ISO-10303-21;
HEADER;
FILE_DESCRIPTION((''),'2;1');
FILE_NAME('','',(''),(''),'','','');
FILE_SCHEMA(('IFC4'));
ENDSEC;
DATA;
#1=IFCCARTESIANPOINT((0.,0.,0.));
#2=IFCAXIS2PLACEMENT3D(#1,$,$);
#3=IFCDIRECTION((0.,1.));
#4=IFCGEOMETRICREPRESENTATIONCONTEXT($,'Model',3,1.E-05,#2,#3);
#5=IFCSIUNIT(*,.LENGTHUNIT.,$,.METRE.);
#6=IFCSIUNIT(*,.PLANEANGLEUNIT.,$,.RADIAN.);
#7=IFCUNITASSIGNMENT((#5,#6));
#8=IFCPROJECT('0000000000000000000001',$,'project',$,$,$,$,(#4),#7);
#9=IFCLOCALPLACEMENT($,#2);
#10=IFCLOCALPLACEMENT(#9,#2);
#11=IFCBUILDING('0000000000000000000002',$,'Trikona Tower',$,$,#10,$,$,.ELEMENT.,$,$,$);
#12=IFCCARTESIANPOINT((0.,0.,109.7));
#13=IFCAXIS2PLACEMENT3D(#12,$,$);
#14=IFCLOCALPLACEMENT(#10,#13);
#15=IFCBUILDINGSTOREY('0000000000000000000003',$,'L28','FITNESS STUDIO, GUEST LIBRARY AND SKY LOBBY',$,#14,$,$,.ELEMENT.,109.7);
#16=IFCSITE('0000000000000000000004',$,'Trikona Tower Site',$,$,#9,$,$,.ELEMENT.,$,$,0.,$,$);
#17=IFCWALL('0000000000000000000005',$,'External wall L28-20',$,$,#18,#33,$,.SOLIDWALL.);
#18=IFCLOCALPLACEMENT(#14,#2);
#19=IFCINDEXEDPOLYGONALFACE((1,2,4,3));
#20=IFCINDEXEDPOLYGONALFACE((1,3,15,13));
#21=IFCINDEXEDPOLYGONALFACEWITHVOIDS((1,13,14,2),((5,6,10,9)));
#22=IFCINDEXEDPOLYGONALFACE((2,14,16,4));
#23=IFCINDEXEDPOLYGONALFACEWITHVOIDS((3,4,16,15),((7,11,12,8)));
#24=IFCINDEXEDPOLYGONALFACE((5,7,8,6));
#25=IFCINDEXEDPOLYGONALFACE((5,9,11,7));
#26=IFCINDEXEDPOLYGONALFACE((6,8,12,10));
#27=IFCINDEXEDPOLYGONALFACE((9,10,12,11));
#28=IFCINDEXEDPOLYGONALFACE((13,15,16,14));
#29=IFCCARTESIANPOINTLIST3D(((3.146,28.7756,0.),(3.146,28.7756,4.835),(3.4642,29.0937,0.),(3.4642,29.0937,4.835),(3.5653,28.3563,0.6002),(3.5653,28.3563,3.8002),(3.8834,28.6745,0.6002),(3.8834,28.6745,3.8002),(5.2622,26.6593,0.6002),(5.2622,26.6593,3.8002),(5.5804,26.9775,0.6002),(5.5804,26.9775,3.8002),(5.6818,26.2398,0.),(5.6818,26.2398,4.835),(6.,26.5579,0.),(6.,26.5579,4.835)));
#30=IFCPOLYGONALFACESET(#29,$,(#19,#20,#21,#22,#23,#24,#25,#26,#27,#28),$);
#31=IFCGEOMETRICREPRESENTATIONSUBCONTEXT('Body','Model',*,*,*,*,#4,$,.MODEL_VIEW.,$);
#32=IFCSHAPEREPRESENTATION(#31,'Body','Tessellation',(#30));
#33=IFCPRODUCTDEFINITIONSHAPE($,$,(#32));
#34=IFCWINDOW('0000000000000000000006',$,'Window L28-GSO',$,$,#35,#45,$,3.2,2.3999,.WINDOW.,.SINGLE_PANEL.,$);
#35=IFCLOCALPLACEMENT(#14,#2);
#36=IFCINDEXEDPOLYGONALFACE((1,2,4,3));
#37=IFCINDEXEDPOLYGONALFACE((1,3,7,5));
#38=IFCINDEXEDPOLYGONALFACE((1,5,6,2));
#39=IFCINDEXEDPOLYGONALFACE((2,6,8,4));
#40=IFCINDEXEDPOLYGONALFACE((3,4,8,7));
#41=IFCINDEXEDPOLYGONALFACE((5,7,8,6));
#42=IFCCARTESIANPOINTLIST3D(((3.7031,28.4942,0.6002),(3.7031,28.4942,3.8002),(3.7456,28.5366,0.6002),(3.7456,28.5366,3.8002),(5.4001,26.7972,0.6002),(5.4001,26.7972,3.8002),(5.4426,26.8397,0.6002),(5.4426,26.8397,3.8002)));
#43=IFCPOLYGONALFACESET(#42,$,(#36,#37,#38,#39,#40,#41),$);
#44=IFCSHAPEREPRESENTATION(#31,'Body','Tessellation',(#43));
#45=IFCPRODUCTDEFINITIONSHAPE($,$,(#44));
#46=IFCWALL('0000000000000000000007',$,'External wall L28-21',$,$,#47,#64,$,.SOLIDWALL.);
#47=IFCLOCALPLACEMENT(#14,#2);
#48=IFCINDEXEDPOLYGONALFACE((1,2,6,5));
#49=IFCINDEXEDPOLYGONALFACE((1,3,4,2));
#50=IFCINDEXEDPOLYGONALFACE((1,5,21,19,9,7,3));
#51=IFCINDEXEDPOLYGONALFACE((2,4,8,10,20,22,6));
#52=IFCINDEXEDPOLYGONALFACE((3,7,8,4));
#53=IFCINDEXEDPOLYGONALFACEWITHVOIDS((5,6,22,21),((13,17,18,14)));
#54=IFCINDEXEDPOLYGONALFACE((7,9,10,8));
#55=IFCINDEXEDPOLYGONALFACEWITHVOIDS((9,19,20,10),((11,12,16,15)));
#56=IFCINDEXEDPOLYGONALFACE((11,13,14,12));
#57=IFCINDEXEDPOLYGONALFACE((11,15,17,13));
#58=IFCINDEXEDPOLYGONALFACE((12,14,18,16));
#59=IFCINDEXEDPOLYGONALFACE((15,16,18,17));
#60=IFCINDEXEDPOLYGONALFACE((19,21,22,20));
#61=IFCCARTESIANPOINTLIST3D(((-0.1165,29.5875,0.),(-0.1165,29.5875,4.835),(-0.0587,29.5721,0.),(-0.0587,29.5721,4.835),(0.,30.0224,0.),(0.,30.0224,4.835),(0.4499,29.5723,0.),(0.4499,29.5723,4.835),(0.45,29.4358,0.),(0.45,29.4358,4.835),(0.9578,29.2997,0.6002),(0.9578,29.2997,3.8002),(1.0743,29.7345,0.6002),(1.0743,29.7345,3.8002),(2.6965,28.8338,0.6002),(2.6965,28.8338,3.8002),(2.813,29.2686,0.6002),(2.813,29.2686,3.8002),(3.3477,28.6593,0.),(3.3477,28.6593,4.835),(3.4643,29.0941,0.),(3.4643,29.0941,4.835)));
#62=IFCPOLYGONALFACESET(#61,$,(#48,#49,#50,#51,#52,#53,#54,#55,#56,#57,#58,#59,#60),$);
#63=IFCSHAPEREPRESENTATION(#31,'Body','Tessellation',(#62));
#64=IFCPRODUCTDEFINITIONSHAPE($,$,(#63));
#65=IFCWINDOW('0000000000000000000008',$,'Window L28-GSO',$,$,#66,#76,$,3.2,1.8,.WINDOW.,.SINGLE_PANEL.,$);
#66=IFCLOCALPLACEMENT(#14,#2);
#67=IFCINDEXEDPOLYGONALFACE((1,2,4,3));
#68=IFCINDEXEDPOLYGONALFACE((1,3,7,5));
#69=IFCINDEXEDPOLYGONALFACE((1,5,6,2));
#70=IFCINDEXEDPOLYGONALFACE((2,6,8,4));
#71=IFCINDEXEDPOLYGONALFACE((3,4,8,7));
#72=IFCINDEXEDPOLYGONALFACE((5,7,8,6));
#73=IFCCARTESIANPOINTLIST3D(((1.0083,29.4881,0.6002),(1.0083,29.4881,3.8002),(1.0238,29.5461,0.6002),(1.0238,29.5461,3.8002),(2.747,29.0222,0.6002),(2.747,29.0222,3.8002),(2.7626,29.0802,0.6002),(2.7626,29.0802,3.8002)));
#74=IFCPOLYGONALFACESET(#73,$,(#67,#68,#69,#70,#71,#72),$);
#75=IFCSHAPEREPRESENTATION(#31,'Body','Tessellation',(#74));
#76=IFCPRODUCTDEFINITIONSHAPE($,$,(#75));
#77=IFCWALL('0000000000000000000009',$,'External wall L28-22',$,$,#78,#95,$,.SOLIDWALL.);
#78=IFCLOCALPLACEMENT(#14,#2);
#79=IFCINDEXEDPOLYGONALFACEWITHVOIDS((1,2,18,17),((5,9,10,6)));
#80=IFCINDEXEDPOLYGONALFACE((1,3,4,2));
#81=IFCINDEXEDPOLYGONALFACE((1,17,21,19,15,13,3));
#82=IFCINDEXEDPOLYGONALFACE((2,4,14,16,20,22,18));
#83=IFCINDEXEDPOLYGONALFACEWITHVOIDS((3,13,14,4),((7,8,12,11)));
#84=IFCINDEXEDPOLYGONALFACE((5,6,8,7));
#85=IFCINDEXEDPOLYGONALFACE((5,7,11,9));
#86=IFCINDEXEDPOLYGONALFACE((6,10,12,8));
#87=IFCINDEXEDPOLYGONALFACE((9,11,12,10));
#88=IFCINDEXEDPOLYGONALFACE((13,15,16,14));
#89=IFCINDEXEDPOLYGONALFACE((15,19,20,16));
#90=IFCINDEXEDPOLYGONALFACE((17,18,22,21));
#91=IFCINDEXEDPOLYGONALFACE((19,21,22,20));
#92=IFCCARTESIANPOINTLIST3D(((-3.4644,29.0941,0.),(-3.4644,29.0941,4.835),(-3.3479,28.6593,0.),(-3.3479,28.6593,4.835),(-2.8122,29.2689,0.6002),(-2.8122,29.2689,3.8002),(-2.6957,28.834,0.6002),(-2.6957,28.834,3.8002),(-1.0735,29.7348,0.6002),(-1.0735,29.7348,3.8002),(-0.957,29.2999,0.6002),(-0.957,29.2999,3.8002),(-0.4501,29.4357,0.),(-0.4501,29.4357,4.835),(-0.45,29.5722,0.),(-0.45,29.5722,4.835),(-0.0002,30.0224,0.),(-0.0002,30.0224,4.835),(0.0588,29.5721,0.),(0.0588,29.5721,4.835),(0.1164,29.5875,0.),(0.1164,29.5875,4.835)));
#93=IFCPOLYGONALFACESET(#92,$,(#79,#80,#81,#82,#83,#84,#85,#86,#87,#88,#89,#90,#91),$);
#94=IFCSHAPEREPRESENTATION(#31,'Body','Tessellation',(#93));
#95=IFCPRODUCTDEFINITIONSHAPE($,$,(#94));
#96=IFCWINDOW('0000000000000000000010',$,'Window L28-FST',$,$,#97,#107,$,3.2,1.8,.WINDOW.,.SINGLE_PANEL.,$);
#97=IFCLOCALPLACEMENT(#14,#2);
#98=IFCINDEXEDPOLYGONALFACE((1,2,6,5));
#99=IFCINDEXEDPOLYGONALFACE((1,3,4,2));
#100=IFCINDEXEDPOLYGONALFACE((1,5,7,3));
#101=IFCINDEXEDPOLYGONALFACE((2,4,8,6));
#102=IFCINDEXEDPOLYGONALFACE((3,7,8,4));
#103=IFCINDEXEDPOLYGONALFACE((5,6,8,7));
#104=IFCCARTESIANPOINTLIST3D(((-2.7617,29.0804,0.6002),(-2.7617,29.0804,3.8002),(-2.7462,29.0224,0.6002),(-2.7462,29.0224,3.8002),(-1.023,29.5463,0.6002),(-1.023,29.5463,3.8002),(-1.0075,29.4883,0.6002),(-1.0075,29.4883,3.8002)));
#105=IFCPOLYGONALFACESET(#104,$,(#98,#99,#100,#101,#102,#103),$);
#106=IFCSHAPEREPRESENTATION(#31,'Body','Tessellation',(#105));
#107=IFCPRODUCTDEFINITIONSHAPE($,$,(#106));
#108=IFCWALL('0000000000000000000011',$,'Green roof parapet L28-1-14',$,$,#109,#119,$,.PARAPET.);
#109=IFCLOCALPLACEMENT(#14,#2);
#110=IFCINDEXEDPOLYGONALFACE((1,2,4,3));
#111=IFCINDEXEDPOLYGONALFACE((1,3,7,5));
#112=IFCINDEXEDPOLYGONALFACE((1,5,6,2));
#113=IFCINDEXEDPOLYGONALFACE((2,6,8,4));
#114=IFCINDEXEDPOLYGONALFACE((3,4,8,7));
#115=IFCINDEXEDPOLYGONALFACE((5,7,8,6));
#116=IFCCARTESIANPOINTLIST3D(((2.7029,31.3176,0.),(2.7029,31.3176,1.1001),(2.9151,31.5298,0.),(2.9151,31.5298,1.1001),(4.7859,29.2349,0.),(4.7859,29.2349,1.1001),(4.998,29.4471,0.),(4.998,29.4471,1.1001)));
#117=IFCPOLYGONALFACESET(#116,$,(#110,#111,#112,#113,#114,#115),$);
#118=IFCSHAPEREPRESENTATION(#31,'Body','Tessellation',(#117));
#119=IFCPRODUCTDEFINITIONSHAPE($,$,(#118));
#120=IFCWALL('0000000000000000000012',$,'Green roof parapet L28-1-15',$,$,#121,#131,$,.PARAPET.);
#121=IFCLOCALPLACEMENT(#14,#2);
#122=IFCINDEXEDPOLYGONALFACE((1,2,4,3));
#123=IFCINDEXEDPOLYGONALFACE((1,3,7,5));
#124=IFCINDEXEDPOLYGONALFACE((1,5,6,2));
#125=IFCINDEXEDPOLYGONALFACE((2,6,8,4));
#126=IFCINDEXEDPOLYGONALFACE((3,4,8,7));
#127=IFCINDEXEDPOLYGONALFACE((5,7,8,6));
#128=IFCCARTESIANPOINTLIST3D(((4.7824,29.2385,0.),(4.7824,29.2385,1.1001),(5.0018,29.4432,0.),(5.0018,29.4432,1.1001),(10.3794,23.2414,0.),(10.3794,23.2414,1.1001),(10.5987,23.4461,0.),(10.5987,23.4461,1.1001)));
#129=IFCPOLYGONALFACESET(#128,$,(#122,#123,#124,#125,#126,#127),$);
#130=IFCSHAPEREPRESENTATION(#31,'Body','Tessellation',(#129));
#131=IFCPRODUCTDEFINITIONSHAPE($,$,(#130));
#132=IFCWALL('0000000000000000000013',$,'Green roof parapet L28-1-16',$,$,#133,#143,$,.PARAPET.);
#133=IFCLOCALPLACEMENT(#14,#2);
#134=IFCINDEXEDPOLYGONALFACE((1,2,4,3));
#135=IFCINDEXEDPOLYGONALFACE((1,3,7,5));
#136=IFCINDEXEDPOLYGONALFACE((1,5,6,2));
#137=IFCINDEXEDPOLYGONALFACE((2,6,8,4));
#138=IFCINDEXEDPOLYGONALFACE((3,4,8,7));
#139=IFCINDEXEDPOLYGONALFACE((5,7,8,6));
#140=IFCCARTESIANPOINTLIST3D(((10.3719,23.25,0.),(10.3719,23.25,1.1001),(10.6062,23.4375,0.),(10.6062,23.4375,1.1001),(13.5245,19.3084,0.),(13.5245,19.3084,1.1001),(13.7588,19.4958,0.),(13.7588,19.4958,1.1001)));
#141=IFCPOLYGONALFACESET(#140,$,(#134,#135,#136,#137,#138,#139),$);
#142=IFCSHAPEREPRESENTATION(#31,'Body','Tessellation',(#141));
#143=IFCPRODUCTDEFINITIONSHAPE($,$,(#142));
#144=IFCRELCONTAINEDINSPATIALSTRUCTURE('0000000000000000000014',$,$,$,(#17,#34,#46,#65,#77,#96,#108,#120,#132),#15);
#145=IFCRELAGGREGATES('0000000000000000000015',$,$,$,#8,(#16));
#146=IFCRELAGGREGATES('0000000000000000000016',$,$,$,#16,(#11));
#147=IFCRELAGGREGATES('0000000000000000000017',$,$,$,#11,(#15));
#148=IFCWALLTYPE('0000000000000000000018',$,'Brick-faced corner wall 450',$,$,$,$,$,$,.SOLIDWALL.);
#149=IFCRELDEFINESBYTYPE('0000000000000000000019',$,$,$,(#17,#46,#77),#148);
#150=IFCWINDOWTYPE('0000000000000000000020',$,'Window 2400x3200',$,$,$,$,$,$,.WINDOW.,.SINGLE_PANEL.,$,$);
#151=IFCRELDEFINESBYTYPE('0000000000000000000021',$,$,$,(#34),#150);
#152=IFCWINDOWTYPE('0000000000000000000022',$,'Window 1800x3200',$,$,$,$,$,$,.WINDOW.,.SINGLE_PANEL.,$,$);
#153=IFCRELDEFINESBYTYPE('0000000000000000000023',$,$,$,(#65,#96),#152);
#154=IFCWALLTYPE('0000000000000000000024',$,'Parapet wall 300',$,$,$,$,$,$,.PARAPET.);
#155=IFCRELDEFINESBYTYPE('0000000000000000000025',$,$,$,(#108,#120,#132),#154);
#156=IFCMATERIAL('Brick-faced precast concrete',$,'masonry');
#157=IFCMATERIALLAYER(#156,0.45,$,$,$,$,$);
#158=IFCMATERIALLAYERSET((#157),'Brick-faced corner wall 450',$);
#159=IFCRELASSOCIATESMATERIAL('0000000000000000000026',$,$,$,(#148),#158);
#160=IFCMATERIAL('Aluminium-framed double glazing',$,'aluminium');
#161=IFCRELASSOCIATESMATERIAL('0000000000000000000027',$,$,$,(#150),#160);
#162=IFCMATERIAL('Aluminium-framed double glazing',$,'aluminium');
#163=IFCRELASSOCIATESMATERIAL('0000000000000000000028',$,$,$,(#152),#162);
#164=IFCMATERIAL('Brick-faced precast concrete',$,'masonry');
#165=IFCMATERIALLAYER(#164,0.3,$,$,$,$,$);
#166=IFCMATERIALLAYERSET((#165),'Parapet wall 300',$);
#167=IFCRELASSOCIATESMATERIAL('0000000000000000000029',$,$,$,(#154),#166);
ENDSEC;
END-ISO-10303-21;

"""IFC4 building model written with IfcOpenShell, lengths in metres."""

from ifc_helpers import new_model, si_unit, direction, frame, frame_2d, origin, place, context, subcontext, project, spatial, polyline, rectangle, outline, extrude, material, layer, layer_set, type_object, element, fill, save


model = new_model("IFC4")

# Units and contexts
model_context = context("Model", 3, precision=1e-05, world=origin(), true_north=direction((0.0, 1.0)))
body_context = subcontext(model_context, "Body", "Model", "MODEL_VIEW")
ifc_project = project(units=[si_unit("LENGTHUNIT", "METRE"), si_unit("PLANEANGLEUNIT", "RADIAN")], contexts=[model_context])

# Site, building, storey
site_placement = place(None, origin())
site = spatial("IfcSite", under=ifc_project, at=site_placement, Name="Trikona Tower Site", CompositionType="ELEMENT", RefElevation=0.0)
building_placement = place(site_placement, origin())
building = spatial("IfcBuilding", under=site, at=building_placement, Name="Trikona Tower", CompositionType="ELEMENT")
storey_placement = place(building_placement, frame((0.0, 0.0, 109.7)))
storey = spatial("IfcBuildingStorey", under=building, at=storey_placement, Name="L28", Description="FITNESS STUDIO, GUEST LIBRARY AND SKY LOBBY", CompositionType="ELEMENT", Elevation=109.7)

# Walls, openings, windows
ifc_material_1 = material(Name="Brick-faced precast concrete", Category="masonry")
ifc_layer_1 = layer(ifc_material_1, 0.45)
ifc_layer_set_1 = layer_set([ifc_layer_1], Name="Brick-faced corner wall 450")
wall_type_1 = type_object("IfcWallType", Name="Brick-faced corner wall 450", PredefinedType="SOLIDWALL", material=ifc_layer_set_1)
wall_1_placement = place(storey_placement, frame((5.8408, 26.3989, 0.0), z_axis=(0.0, 0.0, 1.0), x_axis=(-0.707107, 0.707107, 0.0)))
wall_1 = element("IfcWall", 1, at=wall_1_placement, inside=storey, type_object=wall_type_1, Name="External wall L28-20", PredefinedType="SOLIDWALL", context=body_context, shape_type="SweptSolid", body=[
    extrude(rectangle(XDim=3.5862, YDim=0.45, at=frame_2d((1.793, 0.0))), origin(), (0.0, 0.0, 1.0), 4.835),
])
opening_1_placement = place(wall_1_placement, frame((0.5933, 0.0, 0.6001)))
opening_1 = element("IfcOpeningElement", 2, at=opening_1_placement, cuts=wall_1, PredefinedType="OPENING", context=body_context, shape_type="SweptSolid", body=[
    extrude(rectangle(XDim=2.3999, YDim=3.2, at=frame_2d((1.2, 1.6001))), frame((0.0, 0.2349, 0.0), z_axis=(0.0, -1.0, 0.0), x_axis=(1.0, 0.0, 0.0)), (0.0, 0.0, 1.0), 0.47),
])
ifc_material_2 = material(Name="Aluminium-framed double glazing", Category="aluminium")
window_type_1 = type_object("IfcWindowType", Name="Window 2400x3200", PartitioningType="SINGLE_PANEL", PredefinedType="WINDOW", material=ifc_material_2)
window_1_placement = place(opening_1_placement, origin())
window_1 = element("IfcWindow", 3, at=window_1_placement, inside=storey, type_object=window_type_1, Name="Window L28-GSO", OverallHeight=3.2, OverallWidth=2.3999, PartitioningType="SINGLE_PANEL", PredefinedType="WINDOW", context=body_context, shape_type="SweptSolid", body=[
    extrude(rectangle(XDim=2.3999, YDim=3.2, at=frame_2d((1.2, 1.6001))), frame((0.0, 0.03, 0.0), z_axis=(0.0, -1.0, 0.0), x_axis=(1.0, 0.0, 0.0)), (0.0, 0.0, 1.0), 0.0601),
])
fill(opening_1, window_1)
wall_2_placement = place(storey_placement, frame((3.406, 28.8767, 0.0), z_axis=(0.0, 0.0, 1.0), x_axis=(-0.965925, 0.258823, 0.0)))
wall_2 = element("IfcWall", 4, at=wall_2_placement, inside=storey, type_object=wall_type_1, Name="External wall L28-21", PredefinedType="SOLIDWALL", context=body_context, shape_type="SweptSolid", body=[
    extrude(outline(polyline([(3.5864, 0.2251), (3.5266, 0.2251), (3.0354, 0.0933), (3.0, 0.2251), (0.0, 0.2251), (0.0, -0.2251), (3.5864, -0.2251), (3.5864, 0.2251)])), origin(), (0.0, 0.0, 1.0), 4.835),
])
opening_2_placement = place(wall_2_placement, frame((0.6743, 0.0, 0.6001)))
opening_2 = element("IfcOpeningElement", 5, at=opening_2_placement, cuts=wall_2, PredefinedType="OPENING", context=body_context, shape_type="SweptSolid", body=[
    extrude(rectangle(XDim=1.8, YDim=3.2, at=frame_2d((0.8999, 1.6001))), frame((0.0, 0.2349, 0.0), z_axis=(0.0, -1.0, 0.0), x_axis=(1.0, 0.0, 0.0)), (0.0, 0.0, 1.0), 0.47),
])
ifc_material_3 = material(Name="Aluminium-framed double glazing", Category="aluminium")
window_type_2 = type_object("IfcWindowType", Name="Window 1800x3200", PartitioningType="SINGLE_PANEL", PredefinedType="WINDOW", material=ifc_material_3)
window_2_placement = place(opening_2_placement, origin())
window_2 = element("IfcWindow", 6, at=window_2_placement, inside=storey, type_object=window_type_2, Name="Window L28-GSO", OverallHeight=3.2, OverallWidth=1.8, PartitioningType="SINGLE_PANEL", PredefinedType="WINDOW", context=body_context, shape_type="SweptSolid", body=[
    extrude(rectangle(XDim=1.8, YDim=3.2, at=frame_2d((0.8999, 1.6001))), frame((0.0, 0.03, 0.0), z_axis=(0.0, -1.0, 0.0), x_axis=(1.0, 0.0, 0.0)), (0.0, 0.0, 1.0), 0.0601),
])
fill(opening_2, window_2)
wall_3_placement = place(storey_placement, frame((0.0581, 29.8049, 0.0), z_axis=(0.0, 0.0, 1.0), x_axis=(-0.965925, -0.258823, 0.0)))
wall_3 = element("IfcWall", 7, at=wall_3_placement, inside=storey, type_object=wall_type_1, Name="External wall L28-22", PredefinedType="SOLIDWALL", context=body_context, shape_type="SweptSolid", body=[
    extrude(outline(polyline([(3.5864, 0.2251), (0.5864, 0.2251), (0.551, 0.0933), (0.0596, 0.2251), (0.0, 0.2251), (0.0, -0.2251), (3.5864, -0.2251), (3.5864, 0.2251)])), origin(), (0.0, 0.0, 1.0), 4.835),
])
opening_3_placement = place(wall_3_placement, frame((1.1113, 0.0, 0.6001)))
opening_3 = element("IfcOpeningElement", 8, at=opening_3_placement, cuts=wall_3, PredefinedType="OPENING", context=body_context, shape_type="SweptSolid", body=[
    extrude(rectangle(XDim=1.8, YDim=3.2, at=frame_2d((0.8999, 1.6001))), frame((0.0, 0.2349, 0.0), z_axis=(0.0, -1.0, 0.0), x_axis=(1.0, 0.0, 0.0)), (0.0, 0.0, 1.0), 0.47),
])
window_3_placement = place(opening_3_placement, origin())
window_3 = element("IfcWindow", 9, at=window_3_placement, inside=storey, type_object=window_type_2, Name="Window L28-FST", OverallHeight=3.2, OverallWidth=1.8, PartitioningType="SINGLE_PANEL", PredefinedType="WINDOW", context=body_context, shape_type="SweptSolid", body=[
    extrude(rectangle(XDim=1.8, YDim=3.2, at=frame_2d((0.8999, 1.6001))), frame((0.0, 0.03, 0.0), z_axis=(0.0, -1.0, 0.0), x_axis=(1.0, 0.0, 0.0)), (0.0, 0.0, 1.0), 0.0601),
])
fill(opening_3, window_3)

# Walls
ifc_material_4 = material(Name="Brick-faced precast concrete", Category="masonry")
ifc_layer_2 = layer(ifc_material_4, 0.3)
ifc_layer_set_2 = layer_set([ifc_layer_2], Name="Parapet wall 300")
wall_type_2 = type_object("IfcWallType", Name="Parapet wall 300", PredefinedType="PARAPET", material=ifc_layer_set_2)
wall_4_placement = place(storey_placement, frame((2.8091, 31.4236, 0.0), z_axis=(0.0, 0.0, 1.0), x_axis=(0.707148, -0.707065, 0.0)))
element("IfcWall", 10, at=wall_4_placement, inside=storey, type_object=wall_type_2, Name="Green roof parapet L28-1-14", PredefinedType="PARAPET", context=body_context, shape_type="SweptSolid", body=[
    extrude(rectangle(XDim=2.9456, YDim=0.3, at=frame_2d((1.4727, 0.0))), origin(), (0.0, 0.0, 1.0), 1.1001),
])
wall_5_placement = place(storey_placement, frame((4.8921, 29.3408, 0.0), z_axis=(0.0, 0.0, 1.0), x_axis=(0.682296, -0.731076, 0.0)))
element("IfcWall", 11, at=wall_5_placement, inside=storey, type_object=wall_type_2, Name="Green roof parapet L28-1-15", PredefinedType="PARAPET", context=body_context, shape_type="SweptSolid", body=[
    extrude(rectangle(XDim=8.2031, YDim=0.3, at=frame_2d((4.1016, 0.0))), origin(), (0.0, 0.0, 1.0), 1.1001),
])
wall_6_placement = place(storey_placement, frame((10.489, 23.3438, 0.0), z_axis=(0.0, 0.0, 1.0), x_axis=(0.624607, -0.78094, 0.0)))
element("IfcWall", 12, at=wall_6_placement, inside=storey, type_object=wall_type_2, Name="Green roof parapet L28-1-16", PredefinedType="PARAPET", context=body_context, shape_type="SweptSolid", body=[
    extrude(rectangle(XDim=5.0474, YDim=0.3, at=frame_2d((2.5237, 0.0))), origin(), (0.0, 0.0, 1.0), 1.1001),
])

save(model, "model.ifc")
